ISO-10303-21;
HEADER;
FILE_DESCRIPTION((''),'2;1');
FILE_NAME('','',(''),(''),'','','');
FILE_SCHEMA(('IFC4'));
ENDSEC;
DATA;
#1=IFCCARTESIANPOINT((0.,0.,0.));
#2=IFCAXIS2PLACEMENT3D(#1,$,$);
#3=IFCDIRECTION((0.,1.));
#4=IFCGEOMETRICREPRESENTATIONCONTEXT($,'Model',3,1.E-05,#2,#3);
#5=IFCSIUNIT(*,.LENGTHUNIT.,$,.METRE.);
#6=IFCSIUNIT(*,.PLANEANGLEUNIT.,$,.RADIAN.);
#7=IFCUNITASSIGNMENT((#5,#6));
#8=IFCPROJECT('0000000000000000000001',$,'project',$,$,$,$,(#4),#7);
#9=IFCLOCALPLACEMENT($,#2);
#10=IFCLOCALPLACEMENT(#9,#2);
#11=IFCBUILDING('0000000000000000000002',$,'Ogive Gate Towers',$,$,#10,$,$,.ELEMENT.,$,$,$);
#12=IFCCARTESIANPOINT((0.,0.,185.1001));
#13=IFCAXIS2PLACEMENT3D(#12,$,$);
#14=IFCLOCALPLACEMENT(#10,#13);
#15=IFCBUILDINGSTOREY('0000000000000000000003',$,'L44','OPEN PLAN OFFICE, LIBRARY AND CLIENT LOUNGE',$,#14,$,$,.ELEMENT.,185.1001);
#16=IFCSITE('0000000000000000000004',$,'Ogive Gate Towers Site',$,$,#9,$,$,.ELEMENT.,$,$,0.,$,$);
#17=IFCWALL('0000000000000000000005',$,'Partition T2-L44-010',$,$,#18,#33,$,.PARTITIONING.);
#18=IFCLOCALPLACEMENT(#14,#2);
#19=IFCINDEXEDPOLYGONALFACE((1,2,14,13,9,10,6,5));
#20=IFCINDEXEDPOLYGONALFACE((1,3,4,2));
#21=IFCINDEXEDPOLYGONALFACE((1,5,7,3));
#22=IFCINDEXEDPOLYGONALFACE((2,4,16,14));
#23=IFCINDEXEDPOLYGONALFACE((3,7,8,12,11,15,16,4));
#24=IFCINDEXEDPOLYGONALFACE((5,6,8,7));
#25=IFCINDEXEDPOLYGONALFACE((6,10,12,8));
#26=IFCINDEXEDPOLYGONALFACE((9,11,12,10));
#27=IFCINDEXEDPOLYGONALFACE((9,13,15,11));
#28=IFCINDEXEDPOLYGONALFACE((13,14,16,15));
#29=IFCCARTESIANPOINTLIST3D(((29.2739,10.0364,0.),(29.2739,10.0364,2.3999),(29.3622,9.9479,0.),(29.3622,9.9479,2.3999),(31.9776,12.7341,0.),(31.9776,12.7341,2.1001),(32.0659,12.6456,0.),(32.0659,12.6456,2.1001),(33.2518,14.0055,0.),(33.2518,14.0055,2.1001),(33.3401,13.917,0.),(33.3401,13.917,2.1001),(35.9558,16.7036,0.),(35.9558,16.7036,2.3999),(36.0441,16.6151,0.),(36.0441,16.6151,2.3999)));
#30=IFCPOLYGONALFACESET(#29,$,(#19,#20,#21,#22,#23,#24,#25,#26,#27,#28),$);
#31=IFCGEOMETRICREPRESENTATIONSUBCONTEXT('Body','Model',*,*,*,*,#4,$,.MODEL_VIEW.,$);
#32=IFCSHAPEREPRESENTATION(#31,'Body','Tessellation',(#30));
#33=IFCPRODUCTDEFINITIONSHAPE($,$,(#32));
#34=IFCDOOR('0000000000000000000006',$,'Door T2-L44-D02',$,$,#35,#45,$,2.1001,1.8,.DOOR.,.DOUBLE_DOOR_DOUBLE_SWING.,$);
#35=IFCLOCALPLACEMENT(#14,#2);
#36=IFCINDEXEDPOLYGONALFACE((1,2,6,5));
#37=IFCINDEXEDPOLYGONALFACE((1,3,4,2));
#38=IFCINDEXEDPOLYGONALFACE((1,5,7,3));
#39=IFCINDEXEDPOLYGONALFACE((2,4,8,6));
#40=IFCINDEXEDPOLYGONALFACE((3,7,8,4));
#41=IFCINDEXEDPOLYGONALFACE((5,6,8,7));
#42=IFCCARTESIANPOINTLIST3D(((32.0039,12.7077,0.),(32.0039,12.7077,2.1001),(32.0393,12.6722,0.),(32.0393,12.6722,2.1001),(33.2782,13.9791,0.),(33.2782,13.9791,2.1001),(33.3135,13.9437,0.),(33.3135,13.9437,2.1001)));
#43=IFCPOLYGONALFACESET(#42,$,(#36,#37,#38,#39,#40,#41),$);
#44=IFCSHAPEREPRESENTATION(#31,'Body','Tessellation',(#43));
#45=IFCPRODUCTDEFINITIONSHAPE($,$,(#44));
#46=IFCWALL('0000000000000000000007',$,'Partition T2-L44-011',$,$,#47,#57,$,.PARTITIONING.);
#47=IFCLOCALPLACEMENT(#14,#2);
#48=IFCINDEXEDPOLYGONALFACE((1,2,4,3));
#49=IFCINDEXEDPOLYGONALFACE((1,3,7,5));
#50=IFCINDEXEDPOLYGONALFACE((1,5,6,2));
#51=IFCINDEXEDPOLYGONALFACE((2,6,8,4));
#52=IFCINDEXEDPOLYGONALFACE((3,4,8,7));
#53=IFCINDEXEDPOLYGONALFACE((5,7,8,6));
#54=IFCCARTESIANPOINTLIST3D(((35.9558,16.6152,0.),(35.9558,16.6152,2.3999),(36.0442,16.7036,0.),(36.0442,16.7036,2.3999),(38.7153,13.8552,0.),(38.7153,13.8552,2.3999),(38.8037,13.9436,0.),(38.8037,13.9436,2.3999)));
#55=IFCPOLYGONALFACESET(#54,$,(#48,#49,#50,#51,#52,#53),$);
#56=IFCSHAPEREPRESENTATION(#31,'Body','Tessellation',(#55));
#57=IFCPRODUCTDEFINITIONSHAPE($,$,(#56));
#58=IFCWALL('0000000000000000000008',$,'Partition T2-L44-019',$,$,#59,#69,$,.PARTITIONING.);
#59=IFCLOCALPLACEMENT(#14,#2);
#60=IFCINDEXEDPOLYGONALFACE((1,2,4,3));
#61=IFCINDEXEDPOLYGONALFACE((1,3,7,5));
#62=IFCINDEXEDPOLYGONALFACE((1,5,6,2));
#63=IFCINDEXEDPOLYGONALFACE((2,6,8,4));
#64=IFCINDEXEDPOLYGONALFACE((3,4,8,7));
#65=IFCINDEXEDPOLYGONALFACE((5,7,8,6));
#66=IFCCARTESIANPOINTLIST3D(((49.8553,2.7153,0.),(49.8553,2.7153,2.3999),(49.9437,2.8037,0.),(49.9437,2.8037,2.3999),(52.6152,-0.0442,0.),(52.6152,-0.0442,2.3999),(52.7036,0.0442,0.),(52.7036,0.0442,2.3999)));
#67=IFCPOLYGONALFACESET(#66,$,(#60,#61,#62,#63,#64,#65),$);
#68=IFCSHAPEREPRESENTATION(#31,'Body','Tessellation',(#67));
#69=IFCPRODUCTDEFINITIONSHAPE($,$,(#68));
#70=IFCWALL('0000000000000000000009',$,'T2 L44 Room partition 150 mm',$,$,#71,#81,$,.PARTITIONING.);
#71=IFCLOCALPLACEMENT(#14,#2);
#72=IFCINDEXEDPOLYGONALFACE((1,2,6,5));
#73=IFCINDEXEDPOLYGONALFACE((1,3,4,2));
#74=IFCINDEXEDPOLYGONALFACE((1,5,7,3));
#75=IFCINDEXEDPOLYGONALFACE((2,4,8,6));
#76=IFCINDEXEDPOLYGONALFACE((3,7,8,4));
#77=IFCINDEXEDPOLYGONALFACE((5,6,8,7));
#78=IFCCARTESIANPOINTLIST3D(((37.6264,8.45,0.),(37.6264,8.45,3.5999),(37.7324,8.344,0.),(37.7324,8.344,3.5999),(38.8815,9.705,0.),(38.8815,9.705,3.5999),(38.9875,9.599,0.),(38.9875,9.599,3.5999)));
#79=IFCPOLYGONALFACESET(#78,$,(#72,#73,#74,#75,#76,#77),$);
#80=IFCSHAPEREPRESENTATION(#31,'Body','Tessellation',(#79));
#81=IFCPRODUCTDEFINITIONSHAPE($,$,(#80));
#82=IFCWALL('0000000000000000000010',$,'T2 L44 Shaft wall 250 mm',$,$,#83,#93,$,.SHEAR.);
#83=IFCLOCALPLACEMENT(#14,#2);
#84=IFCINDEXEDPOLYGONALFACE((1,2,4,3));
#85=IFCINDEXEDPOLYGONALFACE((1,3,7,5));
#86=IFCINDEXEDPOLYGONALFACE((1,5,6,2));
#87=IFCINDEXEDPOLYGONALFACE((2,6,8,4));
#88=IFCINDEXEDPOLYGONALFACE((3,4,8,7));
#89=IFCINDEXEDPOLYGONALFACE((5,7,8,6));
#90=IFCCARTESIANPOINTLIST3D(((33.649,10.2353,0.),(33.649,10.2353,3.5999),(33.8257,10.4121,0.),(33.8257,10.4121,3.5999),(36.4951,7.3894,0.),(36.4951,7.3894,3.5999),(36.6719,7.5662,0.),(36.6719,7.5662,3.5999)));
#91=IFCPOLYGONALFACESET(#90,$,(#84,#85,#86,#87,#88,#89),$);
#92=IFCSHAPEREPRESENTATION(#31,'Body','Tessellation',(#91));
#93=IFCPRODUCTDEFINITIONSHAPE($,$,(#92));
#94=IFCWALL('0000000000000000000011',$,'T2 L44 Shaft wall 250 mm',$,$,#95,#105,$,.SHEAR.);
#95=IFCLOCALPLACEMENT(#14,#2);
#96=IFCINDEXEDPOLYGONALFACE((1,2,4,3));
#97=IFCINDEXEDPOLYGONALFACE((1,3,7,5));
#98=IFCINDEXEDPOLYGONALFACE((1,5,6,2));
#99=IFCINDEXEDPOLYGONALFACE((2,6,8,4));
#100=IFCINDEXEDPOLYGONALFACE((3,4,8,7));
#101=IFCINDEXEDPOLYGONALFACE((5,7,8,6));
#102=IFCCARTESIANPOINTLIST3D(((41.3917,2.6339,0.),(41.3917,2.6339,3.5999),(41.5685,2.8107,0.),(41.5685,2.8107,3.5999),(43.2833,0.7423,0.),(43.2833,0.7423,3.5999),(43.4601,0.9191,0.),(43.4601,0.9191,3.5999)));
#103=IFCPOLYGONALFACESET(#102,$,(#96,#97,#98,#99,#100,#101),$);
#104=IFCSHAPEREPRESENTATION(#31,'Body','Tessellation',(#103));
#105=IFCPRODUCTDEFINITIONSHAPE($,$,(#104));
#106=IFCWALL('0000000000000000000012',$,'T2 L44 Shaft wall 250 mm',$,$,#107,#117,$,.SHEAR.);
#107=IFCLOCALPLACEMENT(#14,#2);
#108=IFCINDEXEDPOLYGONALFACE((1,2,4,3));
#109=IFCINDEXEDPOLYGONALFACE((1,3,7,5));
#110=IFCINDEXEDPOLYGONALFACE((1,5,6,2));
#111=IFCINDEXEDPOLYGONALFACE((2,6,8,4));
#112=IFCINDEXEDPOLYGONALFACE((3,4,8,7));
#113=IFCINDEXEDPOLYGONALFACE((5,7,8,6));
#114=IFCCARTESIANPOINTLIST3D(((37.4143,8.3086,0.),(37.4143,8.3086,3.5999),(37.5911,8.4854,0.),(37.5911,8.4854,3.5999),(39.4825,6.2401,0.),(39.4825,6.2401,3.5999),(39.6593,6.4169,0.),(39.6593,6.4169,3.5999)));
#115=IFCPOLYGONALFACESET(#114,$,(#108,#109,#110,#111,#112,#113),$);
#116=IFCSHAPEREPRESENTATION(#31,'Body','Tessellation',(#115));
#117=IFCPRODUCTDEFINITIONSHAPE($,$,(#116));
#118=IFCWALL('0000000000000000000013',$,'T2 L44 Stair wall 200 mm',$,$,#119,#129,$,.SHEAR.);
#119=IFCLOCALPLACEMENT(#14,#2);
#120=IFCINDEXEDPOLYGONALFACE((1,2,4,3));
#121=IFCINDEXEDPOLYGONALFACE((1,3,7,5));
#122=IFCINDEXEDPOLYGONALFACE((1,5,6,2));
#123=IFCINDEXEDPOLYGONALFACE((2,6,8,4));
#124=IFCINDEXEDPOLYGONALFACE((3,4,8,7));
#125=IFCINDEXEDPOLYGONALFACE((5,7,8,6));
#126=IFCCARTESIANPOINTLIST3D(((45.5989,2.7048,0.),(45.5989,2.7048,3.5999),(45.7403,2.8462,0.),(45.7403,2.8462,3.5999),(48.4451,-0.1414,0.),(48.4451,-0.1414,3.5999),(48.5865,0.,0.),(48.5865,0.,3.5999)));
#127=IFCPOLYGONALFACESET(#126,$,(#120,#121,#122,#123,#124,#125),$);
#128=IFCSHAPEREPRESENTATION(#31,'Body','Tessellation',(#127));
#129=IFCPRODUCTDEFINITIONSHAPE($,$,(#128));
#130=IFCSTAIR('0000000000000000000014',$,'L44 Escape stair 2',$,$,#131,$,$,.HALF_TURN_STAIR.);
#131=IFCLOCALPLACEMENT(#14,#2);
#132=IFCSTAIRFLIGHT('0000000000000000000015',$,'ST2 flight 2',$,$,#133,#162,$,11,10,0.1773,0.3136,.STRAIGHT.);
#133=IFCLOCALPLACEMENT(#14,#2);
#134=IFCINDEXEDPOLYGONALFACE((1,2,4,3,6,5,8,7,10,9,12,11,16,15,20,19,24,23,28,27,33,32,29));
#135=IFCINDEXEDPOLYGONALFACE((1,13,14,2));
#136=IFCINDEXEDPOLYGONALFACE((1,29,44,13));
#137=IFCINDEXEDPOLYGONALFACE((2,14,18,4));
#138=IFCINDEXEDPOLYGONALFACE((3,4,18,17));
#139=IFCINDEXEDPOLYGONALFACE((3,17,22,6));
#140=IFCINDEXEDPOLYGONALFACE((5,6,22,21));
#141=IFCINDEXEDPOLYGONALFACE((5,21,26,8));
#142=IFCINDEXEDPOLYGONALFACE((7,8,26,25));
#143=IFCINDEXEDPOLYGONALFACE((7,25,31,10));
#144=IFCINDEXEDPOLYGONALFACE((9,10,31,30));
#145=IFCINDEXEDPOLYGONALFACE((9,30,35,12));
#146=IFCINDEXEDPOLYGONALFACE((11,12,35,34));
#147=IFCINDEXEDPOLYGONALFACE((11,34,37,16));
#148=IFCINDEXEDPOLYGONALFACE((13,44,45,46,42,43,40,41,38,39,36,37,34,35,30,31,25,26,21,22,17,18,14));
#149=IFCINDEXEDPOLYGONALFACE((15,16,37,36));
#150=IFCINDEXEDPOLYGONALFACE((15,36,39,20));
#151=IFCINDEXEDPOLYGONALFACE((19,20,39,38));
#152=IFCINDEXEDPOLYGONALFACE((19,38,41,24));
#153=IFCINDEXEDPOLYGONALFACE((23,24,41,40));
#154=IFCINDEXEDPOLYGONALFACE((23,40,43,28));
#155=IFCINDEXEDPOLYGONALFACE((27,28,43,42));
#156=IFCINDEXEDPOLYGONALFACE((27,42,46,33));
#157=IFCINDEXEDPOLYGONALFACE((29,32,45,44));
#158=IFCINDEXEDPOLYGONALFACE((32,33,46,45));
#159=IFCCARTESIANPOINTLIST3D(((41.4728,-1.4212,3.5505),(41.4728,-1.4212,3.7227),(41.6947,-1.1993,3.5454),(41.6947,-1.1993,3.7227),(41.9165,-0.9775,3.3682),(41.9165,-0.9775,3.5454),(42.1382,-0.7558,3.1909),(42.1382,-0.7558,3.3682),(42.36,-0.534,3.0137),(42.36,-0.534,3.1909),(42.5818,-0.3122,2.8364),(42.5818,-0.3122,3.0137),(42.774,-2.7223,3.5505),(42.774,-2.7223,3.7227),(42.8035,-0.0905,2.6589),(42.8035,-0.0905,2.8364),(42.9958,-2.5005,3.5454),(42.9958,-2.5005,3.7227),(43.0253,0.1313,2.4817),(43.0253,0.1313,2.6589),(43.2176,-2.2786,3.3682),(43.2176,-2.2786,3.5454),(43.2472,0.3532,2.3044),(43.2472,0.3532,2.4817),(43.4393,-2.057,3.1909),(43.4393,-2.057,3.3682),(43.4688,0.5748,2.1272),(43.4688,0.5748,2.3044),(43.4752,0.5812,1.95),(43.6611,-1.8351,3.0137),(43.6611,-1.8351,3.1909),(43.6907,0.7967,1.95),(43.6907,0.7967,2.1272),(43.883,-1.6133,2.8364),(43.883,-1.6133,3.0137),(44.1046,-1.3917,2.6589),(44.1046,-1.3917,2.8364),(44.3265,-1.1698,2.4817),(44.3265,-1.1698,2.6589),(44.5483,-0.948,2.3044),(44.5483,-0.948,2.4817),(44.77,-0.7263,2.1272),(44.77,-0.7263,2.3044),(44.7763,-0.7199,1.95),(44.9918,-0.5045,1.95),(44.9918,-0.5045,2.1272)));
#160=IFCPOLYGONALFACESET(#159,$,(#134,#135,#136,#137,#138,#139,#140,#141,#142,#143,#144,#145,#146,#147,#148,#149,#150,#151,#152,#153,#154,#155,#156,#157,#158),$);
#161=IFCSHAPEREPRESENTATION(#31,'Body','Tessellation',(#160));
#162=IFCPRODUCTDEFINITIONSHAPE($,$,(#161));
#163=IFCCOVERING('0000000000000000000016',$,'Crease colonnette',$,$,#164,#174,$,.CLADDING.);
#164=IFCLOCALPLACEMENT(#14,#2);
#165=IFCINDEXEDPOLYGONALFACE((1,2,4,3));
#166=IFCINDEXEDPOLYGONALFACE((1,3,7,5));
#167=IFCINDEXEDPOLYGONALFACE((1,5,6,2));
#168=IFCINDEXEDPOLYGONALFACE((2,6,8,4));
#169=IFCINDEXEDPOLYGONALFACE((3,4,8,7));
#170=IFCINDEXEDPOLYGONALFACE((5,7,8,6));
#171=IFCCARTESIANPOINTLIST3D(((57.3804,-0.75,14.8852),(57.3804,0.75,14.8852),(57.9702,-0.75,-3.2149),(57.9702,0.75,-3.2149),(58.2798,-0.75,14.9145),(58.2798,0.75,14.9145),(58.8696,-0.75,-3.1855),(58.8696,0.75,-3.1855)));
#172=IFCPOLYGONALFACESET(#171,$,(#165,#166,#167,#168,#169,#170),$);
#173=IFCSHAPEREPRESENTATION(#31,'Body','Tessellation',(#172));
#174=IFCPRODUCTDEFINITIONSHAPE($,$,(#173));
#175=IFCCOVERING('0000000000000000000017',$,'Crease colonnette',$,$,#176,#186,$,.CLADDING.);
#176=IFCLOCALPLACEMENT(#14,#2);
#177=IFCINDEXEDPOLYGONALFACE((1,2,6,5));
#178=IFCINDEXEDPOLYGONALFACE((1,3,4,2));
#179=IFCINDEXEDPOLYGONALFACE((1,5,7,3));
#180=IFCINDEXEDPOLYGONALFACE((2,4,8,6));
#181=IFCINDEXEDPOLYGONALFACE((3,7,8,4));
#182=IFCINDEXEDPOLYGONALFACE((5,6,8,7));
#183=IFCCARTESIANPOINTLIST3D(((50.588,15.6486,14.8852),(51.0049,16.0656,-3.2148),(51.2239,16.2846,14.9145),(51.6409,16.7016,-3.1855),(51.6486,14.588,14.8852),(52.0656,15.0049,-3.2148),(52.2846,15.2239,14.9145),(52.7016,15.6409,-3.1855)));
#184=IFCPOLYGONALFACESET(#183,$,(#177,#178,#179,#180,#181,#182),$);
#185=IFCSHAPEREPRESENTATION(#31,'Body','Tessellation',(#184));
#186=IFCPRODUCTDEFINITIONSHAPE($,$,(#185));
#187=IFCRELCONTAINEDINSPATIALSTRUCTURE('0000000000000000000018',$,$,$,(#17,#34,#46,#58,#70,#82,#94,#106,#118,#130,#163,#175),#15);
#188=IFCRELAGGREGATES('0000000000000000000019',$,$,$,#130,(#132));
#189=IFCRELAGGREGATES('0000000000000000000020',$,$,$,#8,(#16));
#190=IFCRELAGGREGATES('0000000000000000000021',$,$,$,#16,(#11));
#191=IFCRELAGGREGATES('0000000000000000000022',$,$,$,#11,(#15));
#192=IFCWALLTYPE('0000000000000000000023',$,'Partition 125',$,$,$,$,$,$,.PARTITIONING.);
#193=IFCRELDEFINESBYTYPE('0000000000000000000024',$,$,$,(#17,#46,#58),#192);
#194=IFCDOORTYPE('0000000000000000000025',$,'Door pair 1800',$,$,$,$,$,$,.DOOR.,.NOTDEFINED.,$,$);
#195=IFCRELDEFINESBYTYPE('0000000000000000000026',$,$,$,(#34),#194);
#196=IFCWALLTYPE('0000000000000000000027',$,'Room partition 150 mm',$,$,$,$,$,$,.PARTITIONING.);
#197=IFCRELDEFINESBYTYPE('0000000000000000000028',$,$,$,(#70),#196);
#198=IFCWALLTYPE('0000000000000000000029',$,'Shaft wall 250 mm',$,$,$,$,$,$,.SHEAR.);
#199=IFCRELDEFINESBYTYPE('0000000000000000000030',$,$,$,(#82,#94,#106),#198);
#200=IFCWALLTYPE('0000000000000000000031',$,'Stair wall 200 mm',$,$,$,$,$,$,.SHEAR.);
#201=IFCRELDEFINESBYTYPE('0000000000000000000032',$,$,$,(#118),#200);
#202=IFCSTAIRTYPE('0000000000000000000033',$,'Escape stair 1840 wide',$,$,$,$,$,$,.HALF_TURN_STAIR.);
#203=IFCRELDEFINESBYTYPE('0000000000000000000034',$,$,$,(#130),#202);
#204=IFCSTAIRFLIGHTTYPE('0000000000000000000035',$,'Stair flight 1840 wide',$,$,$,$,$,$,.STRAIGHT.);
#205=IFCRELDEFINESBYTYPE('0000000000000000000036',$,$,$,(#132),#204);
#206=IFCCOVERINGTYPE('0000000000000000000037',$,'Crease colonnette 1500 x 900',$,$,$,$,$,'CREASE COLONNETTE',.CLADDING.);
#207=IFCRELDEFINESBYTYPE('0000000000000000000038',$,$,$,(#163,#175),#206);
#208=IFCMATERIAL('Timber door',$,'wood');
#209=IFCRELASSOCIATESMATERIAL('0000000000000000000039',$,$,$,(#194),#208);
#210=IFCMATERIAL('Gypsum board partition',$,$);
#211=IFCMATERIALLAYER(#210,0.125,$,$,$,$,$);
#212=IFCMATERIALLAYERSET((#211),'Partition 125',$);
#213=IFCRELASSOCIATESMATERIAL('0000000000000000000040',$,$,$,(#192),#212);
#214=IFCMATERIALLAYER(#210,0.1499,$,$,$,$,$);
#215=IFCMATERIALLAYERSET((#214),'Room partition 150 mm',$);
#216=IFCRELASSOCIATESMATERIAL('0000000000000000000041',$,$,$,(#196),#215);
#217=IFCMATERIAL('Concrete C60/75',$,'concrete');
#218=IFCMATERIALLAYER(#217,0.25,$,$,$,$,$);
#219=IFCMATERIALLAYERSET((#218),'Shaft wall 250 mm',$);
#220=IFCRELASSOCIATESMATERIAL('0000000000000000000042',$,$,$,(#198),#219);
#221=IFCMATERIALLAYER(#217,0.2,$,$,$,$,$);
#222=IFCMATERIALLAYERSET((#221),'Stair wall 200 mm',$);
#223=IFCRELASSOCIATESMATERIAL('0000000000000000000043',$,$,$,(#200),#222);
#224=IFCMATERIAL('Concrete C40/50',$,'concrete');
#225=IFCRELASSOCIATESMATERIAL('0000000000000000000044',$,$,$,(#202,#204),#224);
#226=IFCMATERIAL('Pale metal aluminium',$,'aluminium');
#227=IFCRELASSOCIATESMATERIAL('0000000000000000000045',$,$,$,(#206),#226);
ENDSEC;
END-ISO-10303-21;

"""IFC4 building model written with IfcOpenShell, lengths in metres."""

from ifc_helpers import new_model, si_unit, direction, frame, frame_2d, origin, origin_2d, place, context, subcontext, project, spatial, polyline, rectangle, outline, extrude, material, layer, layer_set, material_profile, profile_set, type_object, element, fill, aggregate, save


model = new_model("IFC4")

# Units and contexts
model_context = context("Model", 3, precision=1e-05, world=origin(), true_north=direction((0.0, 1.0)))
body_context = subcontext(model_context, "Body", "Model", "MODEL_VIEW")
ifc_project = project(units=[si_unit("LENGTHUNIT", "METRE"), si_unit("PLANEANGLEUNIT", "RADIAN")], contexts=[model_context])

# Site, building, storey
site_placement = place(None, origin())
site = spatial("IfcSite", under=ifc_project, at=site_placement, Name="Ogive Gate Towers Site", CompositionType="ELEMENT", RefElevation=0.0)
building_placement = place(site_placement, origin())
building = spatial("IfcBuilding", under=site, at=building_placement, Name="Ogive Gate Towers", CompositionType="ELEMENT")
storey_placement = place(building_placement, frame((0.0, 0.0, 185.1001)))
storey = spatial("IfcBuildingStorey", under=building, at=storey_placement, Name="L44", Description="OPEN PLAN OFFICE, LIBRARY AND CLIENT LOUNGE", CompositionType="ELEMENT", Elevation=185.1001)

# Shared definitions
ifc_material_1 = material(Name="Timber door", Category="wood")
door_type_1 = type_object("IfcDoorType", Name="Door pair 1800", OperationType="NOTDEFINED", PredefinedType="DOOR", material=ifc_material_1)
ifc_material_2 = material(Name="Concrete C60/75", Category="concrete")

# Shared definitions
ifc_material_3 = material(Name="Gypsum board partition")
ifc_layer_1 = layer(ifc_material_3, 0.125)
ifc_layer_set_1 = layer_set([ifc_layer_1], Name="Partition 125")
wall_type_1 = type_object("IfcWallType", Name="Partition 125", PredefinedType="PARTITIONING", material=ifc_layer_set_1)

# Wall, opening, door
wall_1_placement = place(storey_placement, frame((36.0, 16.6594, 0.0), z_axis=(0.0, 0.0, 1.0), x_axis=(-0.707882, -0.70633, 0.0)))
wall_1 = element("IfcWall", 1, at=wall_1_placement, inside=storey, type_object=wall_type_1, Name="Partition T2-L44-010", PredefinedType="PARTITIONING", context=body_context, shape_type="SweptSolid", body=[
    extrude(rectangle(XDim=9.4392, YDim=0.125, at=frame_2d((4.7197, 0.0))), origin(), (0.0, 0.0, 1.0), 2.3999),
])
opening_1_placement = place(wall_1_placement, frame((3.8201, 0.0, 0.0)))
opening_1 = element("IfcOpeningElement", 2, at=opening_1_placement, cuts=wall_1, PredefinedType="OPENING", context=body_context, shape_type="SweptSolid", body=[
    extrude(rectangle(XDim=1.8, YDim=2.1001, at=frame_2d((0.8999, 1.05))), frame((0.0, 0.0725, 0.0), z_axis=(0.0, -1.0, 0.0), x_axis=(1.0, 0.0, 0.0)), (0.0, 0.0, 1.0), 0.145),
])
door_1_placement = place(opening_1_placement, origin())
door_1 = element("IfcDoor", 3, at=door_1_placement, inside=storey, type_object=door_type_1, Name="Door T2-L44-D02", OperationType="DOUBLE_DOOR_DOUBLE_SWING", OverallHeight=2.1001, OverallWidth=1.8, PredefinedType="DOOR", context=body_context, shape_type="SweptSolid", body=[
    extrude(rectangle(XDim=1.8, YDim=2.1001, at=frame_2d((0.8999, 1.05))), frame((0.0, 0.0249, 0.0), z_axis=(0.0, -1.0, 0.0), x_axis=(1.0, 0.0, 0.0)), (0.0, 0.0, 1.0), 0.05),
])
fill(opening_1, door_1)

# Walls
for number, where, z_axis, x_axis, name in (
    (4, (38.7595, 13.8994, 0.0), (0.0, 0.0, 1.0), (-0.707044, 0.707169, 0.0), "Partition T2-L44-011"),
    (5, (52.6594, 0.0, 0.0), (0.0, 0.0, 1.0), (-0.707169, 0.707044, 0.0), "Partition T2-L44-019"),
):
    element("IfcWall", number, at=place(storey_placement, frame(where, z_axis=z_axis, x_axis=x_axis)), inside=storey, type_object=wall_type_1, Name=name, PredefinedType="PARTITIONING", context=body_context, shape_type="SweptSolid", body=[
        extrude(rectangle(XDim=3.9028, YDim=0.125, at=frame_2d((1.9514, 0.0))), origin(), (0.0, 0.0, 1.0), 2.3999),
    ])
ifc_layer_2 = layer(ifc_material_3, 0.1499)
ifc_layer_set_2 = layer_set([ifc_layer_2], Name="Room partition 150 mm")
wall_type_2 = type_object("IfcWallType", Name="Room partition 150 mm", PredefinedType="PARTITIONING", material=ifc_layer_set_2)
wall_2_placement = place(storey_placement, frame((37.6794, 8.397, 0.0), z_axis=(0.0, 0.0, 1.0), x_axis=(0.707107, 0.707107, 0.0)))
element("IfcWall", 6, at=wall_2_placement, inside=storey, type_object=wall_type_2, Name="T2 L44 Room partition 150 mm", PredefinedType="PARTITIONING", context=body_context, shape_type="SweptSolid", body=[
    extrude(rectangle(XDim=1.7749, YDim=0.1499, at=frame_2d((0.8875, 0.0))), origin(), (0.0, 0.0, 1.0), 3.5999),
])
ifc_layer_3 = layer(ifc_material_2, 0.25)
ifc_layer_set_3 = layer_set([ifc_layer_3], Name="Shaft wall 250 mm")
wall_type_3 = type_object("IfcWallType", Name="Shaft wall 250 mm", PredefinedType="SHEAR", material=ifc_layer_set_3)
wall_3_placement = place(storey_placement, frame((36.5835, 7.4778, 0.0), z_axis=(0.0, 0.0, 1.0), x_axis=(-0.707137, 0.707076, 0.0)))
element("IfcWall", 7, at=wall_3_placement, inside=storey, type_object=wall_type_3, Name="T2 L44 Shaft wall 250 mm", PredefinedType="SHEAR", context=body_context, shape_type="SweptSolid", body=[
    extrude(rectangle(XDim=4.0249, YDim=0.25, at=frame_2d((2.0125, 0.0))), origin(), (0.0, 0.0, 1.0), 3.5999),
])
wall_4_placement = place(storey_placement, frame((43.3716, 0.8308, 0.0), z_axis=(0.0, 0.0, 1.0), x_axis=(-0.707107, 0.707107, 0.0)))
element("IfcWall", 8, at=wall_4_placement, inside=storey, type_object=wall_type_3, Name="T2 L44 Shaft wall 250 mm", PredefinedType="SHEAR", context=body_context, shape_type="SweptSolid", body=[
    extrude(rectangle(XDim=2.675, YDim=0.25, at=frame_2d((1.3374, 0.0))), origin(), (0.0, 0.0, 1.0), 3.5999),
])
wall_5_placement = place(storey_placement, frame((39.5708, 6.3286, 0.0), z_axis=(0.0, 0.0, 1.0), x_axis=(-0.707065, 0.707149, 0.0)))
element("IfcWall", 9, at=wall_5_placement, inside=storey, type_object=wall_type_3, Name="T2 L44 Shaft wall 250 mm", PredefinedType="SHEAR", context=body_context, shape_type="SweptSolid", body=[
    extrude(rectangle(XDim=2.925, YDim=0.25, at=frame_2d((1.4624, 0.0))), origin(), (0.0, 0.0, 1.0), 3.5999),
])
ifc_layer_4 = layer(ifc_material_2, 0.2)
ifc_layer_set_4 = layer_set([ifc_layer_4], Name="Stair wall 200 mm")
wall_type_4 = type_object("IfcWallType", Name="Stair wall 200 mm", PredefinedType="SHEAR", material=ifc_layer_set_4)
wall_6_placement = place(storey_placement, frame((48.5159, -0.0708, 0.0), z_axis=(0.0, 0.0, 1.0), x_axis=(-0.707107, 0.707107, 0.0)))
element("IfcWall", 10, at=wall_6_placement, inside=storey, type_object=wall_type_4, Name="T2 L44 Stair wall 200 mm", PredefinedType="SHEAR", context=body_context, shape_type="SweptSolid", body=[
    extrude(rectangle(XDim=4.0251, YDim=0.2, at=frame_2d((2.0127, 0.0))), origin(), (0.0, 0.0, 1.0), 3.5999),
])

# Stair, stair flight
ifc_material_4 = material(Name="Concrete C40/50", Category="concrete")
stair_type = type_object("IfcStairType", Name="Escape stair 1840 wide", PredefinedType="HALF_TURN_STAIR", material=ifc_material_4)
stair_placement = place(storey_placement, origin())
stair = element("IfcStair", 11, at=stair_placement, inside=storey, type_object=stair_type, Name="L44 Escape stair 2", PredefinedType="HALF_TURN_STAIR")
stair_flight_type = type_object("IfcStairFlightType", Name="Stair flight 1840 wide", PredefinedType="STRAIGHT", material=ifc_material_4)
stair_flight_placement = place(storey_placement, frame((44.3413, 0.146, 1.95), z_axis=(0.0, 0.0, 1.0), x_axis=(-0.707107, -0.707107, 0.0)))
stair_flight = element("IfcStairFlight", 12, at=stair_flight_placement, type_object=stair_flight_type, Name="ST2 flight 2", NumberOfRisers=11, NumberOfTreads=10, PredefinedType="STRAIGHT", RiserHeight=0.1773, TreadLength=0.3136, context=body_context, shape_type="SweptSolid", body=[
    extrude(outline(polyline([(0.0, 0.0), (0.0, 0.1772), (0.3137, 0.1772), (0.3137, 0.3545), (0.6272, 0.3545), (0.6272, 0.5317), (0.9409, 0.5317), (0.9409, 0.709), (1.2546, 0.709), (1.2546, 0.8865), (1.5681, 0.8865), (1.5681, 1.0637), (1.8818, 1.0637), (1.8818, 1.241), (2.1956, 1.241), (2.1956, 1.4182), (2.509, 1.4182), (2.509, 1.5955), (2.8228, 1.5955), (2.8228, 1.7727), (3.1365, 1.7727), (3.1365, 1.95), (3.1365, 1.6006), (0.3047, 0.0), (0.0, 0.0)])), frame((0.0, 0.9199, 0.0), z_axis=(0.0, -1.0, 0.0), x_axis=(1.0, 0.0, 0.0)), (0.0, 0.0, 1.0), 1.8401),
])
aggregate(stair, [stair_flight])

# Coverings
ifc_material_5 = material(Name="Pale metal aluminium", Category="aluminium")
ifc_material_profile_1 = material_profile(ifc_material_5, rectangle(XDim=1.5, YDim=0.8999, at=origin_2d()), Name="1500 x 900 pale metal aluminium")
ifc_profile_set_1 = profile_set([ifc_material_profile_1], Name="Pale metal aluminium")
covering_type_1 = type_object("IfcCoveringType", Name="Crease colonnette 1500 x 900", ElementType="CREASE COLONNETTE", PredefinedType="CLADDING", material=ifc_profile_set_1)
for number, where, z_axis, x_axis, name in (
    (13, (58.4199, 0.0, -3.2002), (-0.032571, 0.0, 0.999469), (0.0, -1.0, 0.0), "Crease colonnette"),
    (14, (51.8533, 15.8533, -3.2002), (-0.023026, -0.023026, 0.99947), (0.707107, -0.707107, 0.0), "Crease colonnette"),
):
    element("IfcCovering", number, at=place(storey_placement, frame(where, z_axis=z_axis, x_axis=x_axis)), inside=storey, type_object=covering_type_1, Name=name, PredefinedType="CLADDING", context=body_context, shape_type="SweptSolid", body=[
        extrude(rectangle(XDim=1.5, YDim=0.8999, at=origin_2d()), origin(), (0.0, 0.0, 1.0), 18.1096),
    ])

save(model, "model.ifc")
